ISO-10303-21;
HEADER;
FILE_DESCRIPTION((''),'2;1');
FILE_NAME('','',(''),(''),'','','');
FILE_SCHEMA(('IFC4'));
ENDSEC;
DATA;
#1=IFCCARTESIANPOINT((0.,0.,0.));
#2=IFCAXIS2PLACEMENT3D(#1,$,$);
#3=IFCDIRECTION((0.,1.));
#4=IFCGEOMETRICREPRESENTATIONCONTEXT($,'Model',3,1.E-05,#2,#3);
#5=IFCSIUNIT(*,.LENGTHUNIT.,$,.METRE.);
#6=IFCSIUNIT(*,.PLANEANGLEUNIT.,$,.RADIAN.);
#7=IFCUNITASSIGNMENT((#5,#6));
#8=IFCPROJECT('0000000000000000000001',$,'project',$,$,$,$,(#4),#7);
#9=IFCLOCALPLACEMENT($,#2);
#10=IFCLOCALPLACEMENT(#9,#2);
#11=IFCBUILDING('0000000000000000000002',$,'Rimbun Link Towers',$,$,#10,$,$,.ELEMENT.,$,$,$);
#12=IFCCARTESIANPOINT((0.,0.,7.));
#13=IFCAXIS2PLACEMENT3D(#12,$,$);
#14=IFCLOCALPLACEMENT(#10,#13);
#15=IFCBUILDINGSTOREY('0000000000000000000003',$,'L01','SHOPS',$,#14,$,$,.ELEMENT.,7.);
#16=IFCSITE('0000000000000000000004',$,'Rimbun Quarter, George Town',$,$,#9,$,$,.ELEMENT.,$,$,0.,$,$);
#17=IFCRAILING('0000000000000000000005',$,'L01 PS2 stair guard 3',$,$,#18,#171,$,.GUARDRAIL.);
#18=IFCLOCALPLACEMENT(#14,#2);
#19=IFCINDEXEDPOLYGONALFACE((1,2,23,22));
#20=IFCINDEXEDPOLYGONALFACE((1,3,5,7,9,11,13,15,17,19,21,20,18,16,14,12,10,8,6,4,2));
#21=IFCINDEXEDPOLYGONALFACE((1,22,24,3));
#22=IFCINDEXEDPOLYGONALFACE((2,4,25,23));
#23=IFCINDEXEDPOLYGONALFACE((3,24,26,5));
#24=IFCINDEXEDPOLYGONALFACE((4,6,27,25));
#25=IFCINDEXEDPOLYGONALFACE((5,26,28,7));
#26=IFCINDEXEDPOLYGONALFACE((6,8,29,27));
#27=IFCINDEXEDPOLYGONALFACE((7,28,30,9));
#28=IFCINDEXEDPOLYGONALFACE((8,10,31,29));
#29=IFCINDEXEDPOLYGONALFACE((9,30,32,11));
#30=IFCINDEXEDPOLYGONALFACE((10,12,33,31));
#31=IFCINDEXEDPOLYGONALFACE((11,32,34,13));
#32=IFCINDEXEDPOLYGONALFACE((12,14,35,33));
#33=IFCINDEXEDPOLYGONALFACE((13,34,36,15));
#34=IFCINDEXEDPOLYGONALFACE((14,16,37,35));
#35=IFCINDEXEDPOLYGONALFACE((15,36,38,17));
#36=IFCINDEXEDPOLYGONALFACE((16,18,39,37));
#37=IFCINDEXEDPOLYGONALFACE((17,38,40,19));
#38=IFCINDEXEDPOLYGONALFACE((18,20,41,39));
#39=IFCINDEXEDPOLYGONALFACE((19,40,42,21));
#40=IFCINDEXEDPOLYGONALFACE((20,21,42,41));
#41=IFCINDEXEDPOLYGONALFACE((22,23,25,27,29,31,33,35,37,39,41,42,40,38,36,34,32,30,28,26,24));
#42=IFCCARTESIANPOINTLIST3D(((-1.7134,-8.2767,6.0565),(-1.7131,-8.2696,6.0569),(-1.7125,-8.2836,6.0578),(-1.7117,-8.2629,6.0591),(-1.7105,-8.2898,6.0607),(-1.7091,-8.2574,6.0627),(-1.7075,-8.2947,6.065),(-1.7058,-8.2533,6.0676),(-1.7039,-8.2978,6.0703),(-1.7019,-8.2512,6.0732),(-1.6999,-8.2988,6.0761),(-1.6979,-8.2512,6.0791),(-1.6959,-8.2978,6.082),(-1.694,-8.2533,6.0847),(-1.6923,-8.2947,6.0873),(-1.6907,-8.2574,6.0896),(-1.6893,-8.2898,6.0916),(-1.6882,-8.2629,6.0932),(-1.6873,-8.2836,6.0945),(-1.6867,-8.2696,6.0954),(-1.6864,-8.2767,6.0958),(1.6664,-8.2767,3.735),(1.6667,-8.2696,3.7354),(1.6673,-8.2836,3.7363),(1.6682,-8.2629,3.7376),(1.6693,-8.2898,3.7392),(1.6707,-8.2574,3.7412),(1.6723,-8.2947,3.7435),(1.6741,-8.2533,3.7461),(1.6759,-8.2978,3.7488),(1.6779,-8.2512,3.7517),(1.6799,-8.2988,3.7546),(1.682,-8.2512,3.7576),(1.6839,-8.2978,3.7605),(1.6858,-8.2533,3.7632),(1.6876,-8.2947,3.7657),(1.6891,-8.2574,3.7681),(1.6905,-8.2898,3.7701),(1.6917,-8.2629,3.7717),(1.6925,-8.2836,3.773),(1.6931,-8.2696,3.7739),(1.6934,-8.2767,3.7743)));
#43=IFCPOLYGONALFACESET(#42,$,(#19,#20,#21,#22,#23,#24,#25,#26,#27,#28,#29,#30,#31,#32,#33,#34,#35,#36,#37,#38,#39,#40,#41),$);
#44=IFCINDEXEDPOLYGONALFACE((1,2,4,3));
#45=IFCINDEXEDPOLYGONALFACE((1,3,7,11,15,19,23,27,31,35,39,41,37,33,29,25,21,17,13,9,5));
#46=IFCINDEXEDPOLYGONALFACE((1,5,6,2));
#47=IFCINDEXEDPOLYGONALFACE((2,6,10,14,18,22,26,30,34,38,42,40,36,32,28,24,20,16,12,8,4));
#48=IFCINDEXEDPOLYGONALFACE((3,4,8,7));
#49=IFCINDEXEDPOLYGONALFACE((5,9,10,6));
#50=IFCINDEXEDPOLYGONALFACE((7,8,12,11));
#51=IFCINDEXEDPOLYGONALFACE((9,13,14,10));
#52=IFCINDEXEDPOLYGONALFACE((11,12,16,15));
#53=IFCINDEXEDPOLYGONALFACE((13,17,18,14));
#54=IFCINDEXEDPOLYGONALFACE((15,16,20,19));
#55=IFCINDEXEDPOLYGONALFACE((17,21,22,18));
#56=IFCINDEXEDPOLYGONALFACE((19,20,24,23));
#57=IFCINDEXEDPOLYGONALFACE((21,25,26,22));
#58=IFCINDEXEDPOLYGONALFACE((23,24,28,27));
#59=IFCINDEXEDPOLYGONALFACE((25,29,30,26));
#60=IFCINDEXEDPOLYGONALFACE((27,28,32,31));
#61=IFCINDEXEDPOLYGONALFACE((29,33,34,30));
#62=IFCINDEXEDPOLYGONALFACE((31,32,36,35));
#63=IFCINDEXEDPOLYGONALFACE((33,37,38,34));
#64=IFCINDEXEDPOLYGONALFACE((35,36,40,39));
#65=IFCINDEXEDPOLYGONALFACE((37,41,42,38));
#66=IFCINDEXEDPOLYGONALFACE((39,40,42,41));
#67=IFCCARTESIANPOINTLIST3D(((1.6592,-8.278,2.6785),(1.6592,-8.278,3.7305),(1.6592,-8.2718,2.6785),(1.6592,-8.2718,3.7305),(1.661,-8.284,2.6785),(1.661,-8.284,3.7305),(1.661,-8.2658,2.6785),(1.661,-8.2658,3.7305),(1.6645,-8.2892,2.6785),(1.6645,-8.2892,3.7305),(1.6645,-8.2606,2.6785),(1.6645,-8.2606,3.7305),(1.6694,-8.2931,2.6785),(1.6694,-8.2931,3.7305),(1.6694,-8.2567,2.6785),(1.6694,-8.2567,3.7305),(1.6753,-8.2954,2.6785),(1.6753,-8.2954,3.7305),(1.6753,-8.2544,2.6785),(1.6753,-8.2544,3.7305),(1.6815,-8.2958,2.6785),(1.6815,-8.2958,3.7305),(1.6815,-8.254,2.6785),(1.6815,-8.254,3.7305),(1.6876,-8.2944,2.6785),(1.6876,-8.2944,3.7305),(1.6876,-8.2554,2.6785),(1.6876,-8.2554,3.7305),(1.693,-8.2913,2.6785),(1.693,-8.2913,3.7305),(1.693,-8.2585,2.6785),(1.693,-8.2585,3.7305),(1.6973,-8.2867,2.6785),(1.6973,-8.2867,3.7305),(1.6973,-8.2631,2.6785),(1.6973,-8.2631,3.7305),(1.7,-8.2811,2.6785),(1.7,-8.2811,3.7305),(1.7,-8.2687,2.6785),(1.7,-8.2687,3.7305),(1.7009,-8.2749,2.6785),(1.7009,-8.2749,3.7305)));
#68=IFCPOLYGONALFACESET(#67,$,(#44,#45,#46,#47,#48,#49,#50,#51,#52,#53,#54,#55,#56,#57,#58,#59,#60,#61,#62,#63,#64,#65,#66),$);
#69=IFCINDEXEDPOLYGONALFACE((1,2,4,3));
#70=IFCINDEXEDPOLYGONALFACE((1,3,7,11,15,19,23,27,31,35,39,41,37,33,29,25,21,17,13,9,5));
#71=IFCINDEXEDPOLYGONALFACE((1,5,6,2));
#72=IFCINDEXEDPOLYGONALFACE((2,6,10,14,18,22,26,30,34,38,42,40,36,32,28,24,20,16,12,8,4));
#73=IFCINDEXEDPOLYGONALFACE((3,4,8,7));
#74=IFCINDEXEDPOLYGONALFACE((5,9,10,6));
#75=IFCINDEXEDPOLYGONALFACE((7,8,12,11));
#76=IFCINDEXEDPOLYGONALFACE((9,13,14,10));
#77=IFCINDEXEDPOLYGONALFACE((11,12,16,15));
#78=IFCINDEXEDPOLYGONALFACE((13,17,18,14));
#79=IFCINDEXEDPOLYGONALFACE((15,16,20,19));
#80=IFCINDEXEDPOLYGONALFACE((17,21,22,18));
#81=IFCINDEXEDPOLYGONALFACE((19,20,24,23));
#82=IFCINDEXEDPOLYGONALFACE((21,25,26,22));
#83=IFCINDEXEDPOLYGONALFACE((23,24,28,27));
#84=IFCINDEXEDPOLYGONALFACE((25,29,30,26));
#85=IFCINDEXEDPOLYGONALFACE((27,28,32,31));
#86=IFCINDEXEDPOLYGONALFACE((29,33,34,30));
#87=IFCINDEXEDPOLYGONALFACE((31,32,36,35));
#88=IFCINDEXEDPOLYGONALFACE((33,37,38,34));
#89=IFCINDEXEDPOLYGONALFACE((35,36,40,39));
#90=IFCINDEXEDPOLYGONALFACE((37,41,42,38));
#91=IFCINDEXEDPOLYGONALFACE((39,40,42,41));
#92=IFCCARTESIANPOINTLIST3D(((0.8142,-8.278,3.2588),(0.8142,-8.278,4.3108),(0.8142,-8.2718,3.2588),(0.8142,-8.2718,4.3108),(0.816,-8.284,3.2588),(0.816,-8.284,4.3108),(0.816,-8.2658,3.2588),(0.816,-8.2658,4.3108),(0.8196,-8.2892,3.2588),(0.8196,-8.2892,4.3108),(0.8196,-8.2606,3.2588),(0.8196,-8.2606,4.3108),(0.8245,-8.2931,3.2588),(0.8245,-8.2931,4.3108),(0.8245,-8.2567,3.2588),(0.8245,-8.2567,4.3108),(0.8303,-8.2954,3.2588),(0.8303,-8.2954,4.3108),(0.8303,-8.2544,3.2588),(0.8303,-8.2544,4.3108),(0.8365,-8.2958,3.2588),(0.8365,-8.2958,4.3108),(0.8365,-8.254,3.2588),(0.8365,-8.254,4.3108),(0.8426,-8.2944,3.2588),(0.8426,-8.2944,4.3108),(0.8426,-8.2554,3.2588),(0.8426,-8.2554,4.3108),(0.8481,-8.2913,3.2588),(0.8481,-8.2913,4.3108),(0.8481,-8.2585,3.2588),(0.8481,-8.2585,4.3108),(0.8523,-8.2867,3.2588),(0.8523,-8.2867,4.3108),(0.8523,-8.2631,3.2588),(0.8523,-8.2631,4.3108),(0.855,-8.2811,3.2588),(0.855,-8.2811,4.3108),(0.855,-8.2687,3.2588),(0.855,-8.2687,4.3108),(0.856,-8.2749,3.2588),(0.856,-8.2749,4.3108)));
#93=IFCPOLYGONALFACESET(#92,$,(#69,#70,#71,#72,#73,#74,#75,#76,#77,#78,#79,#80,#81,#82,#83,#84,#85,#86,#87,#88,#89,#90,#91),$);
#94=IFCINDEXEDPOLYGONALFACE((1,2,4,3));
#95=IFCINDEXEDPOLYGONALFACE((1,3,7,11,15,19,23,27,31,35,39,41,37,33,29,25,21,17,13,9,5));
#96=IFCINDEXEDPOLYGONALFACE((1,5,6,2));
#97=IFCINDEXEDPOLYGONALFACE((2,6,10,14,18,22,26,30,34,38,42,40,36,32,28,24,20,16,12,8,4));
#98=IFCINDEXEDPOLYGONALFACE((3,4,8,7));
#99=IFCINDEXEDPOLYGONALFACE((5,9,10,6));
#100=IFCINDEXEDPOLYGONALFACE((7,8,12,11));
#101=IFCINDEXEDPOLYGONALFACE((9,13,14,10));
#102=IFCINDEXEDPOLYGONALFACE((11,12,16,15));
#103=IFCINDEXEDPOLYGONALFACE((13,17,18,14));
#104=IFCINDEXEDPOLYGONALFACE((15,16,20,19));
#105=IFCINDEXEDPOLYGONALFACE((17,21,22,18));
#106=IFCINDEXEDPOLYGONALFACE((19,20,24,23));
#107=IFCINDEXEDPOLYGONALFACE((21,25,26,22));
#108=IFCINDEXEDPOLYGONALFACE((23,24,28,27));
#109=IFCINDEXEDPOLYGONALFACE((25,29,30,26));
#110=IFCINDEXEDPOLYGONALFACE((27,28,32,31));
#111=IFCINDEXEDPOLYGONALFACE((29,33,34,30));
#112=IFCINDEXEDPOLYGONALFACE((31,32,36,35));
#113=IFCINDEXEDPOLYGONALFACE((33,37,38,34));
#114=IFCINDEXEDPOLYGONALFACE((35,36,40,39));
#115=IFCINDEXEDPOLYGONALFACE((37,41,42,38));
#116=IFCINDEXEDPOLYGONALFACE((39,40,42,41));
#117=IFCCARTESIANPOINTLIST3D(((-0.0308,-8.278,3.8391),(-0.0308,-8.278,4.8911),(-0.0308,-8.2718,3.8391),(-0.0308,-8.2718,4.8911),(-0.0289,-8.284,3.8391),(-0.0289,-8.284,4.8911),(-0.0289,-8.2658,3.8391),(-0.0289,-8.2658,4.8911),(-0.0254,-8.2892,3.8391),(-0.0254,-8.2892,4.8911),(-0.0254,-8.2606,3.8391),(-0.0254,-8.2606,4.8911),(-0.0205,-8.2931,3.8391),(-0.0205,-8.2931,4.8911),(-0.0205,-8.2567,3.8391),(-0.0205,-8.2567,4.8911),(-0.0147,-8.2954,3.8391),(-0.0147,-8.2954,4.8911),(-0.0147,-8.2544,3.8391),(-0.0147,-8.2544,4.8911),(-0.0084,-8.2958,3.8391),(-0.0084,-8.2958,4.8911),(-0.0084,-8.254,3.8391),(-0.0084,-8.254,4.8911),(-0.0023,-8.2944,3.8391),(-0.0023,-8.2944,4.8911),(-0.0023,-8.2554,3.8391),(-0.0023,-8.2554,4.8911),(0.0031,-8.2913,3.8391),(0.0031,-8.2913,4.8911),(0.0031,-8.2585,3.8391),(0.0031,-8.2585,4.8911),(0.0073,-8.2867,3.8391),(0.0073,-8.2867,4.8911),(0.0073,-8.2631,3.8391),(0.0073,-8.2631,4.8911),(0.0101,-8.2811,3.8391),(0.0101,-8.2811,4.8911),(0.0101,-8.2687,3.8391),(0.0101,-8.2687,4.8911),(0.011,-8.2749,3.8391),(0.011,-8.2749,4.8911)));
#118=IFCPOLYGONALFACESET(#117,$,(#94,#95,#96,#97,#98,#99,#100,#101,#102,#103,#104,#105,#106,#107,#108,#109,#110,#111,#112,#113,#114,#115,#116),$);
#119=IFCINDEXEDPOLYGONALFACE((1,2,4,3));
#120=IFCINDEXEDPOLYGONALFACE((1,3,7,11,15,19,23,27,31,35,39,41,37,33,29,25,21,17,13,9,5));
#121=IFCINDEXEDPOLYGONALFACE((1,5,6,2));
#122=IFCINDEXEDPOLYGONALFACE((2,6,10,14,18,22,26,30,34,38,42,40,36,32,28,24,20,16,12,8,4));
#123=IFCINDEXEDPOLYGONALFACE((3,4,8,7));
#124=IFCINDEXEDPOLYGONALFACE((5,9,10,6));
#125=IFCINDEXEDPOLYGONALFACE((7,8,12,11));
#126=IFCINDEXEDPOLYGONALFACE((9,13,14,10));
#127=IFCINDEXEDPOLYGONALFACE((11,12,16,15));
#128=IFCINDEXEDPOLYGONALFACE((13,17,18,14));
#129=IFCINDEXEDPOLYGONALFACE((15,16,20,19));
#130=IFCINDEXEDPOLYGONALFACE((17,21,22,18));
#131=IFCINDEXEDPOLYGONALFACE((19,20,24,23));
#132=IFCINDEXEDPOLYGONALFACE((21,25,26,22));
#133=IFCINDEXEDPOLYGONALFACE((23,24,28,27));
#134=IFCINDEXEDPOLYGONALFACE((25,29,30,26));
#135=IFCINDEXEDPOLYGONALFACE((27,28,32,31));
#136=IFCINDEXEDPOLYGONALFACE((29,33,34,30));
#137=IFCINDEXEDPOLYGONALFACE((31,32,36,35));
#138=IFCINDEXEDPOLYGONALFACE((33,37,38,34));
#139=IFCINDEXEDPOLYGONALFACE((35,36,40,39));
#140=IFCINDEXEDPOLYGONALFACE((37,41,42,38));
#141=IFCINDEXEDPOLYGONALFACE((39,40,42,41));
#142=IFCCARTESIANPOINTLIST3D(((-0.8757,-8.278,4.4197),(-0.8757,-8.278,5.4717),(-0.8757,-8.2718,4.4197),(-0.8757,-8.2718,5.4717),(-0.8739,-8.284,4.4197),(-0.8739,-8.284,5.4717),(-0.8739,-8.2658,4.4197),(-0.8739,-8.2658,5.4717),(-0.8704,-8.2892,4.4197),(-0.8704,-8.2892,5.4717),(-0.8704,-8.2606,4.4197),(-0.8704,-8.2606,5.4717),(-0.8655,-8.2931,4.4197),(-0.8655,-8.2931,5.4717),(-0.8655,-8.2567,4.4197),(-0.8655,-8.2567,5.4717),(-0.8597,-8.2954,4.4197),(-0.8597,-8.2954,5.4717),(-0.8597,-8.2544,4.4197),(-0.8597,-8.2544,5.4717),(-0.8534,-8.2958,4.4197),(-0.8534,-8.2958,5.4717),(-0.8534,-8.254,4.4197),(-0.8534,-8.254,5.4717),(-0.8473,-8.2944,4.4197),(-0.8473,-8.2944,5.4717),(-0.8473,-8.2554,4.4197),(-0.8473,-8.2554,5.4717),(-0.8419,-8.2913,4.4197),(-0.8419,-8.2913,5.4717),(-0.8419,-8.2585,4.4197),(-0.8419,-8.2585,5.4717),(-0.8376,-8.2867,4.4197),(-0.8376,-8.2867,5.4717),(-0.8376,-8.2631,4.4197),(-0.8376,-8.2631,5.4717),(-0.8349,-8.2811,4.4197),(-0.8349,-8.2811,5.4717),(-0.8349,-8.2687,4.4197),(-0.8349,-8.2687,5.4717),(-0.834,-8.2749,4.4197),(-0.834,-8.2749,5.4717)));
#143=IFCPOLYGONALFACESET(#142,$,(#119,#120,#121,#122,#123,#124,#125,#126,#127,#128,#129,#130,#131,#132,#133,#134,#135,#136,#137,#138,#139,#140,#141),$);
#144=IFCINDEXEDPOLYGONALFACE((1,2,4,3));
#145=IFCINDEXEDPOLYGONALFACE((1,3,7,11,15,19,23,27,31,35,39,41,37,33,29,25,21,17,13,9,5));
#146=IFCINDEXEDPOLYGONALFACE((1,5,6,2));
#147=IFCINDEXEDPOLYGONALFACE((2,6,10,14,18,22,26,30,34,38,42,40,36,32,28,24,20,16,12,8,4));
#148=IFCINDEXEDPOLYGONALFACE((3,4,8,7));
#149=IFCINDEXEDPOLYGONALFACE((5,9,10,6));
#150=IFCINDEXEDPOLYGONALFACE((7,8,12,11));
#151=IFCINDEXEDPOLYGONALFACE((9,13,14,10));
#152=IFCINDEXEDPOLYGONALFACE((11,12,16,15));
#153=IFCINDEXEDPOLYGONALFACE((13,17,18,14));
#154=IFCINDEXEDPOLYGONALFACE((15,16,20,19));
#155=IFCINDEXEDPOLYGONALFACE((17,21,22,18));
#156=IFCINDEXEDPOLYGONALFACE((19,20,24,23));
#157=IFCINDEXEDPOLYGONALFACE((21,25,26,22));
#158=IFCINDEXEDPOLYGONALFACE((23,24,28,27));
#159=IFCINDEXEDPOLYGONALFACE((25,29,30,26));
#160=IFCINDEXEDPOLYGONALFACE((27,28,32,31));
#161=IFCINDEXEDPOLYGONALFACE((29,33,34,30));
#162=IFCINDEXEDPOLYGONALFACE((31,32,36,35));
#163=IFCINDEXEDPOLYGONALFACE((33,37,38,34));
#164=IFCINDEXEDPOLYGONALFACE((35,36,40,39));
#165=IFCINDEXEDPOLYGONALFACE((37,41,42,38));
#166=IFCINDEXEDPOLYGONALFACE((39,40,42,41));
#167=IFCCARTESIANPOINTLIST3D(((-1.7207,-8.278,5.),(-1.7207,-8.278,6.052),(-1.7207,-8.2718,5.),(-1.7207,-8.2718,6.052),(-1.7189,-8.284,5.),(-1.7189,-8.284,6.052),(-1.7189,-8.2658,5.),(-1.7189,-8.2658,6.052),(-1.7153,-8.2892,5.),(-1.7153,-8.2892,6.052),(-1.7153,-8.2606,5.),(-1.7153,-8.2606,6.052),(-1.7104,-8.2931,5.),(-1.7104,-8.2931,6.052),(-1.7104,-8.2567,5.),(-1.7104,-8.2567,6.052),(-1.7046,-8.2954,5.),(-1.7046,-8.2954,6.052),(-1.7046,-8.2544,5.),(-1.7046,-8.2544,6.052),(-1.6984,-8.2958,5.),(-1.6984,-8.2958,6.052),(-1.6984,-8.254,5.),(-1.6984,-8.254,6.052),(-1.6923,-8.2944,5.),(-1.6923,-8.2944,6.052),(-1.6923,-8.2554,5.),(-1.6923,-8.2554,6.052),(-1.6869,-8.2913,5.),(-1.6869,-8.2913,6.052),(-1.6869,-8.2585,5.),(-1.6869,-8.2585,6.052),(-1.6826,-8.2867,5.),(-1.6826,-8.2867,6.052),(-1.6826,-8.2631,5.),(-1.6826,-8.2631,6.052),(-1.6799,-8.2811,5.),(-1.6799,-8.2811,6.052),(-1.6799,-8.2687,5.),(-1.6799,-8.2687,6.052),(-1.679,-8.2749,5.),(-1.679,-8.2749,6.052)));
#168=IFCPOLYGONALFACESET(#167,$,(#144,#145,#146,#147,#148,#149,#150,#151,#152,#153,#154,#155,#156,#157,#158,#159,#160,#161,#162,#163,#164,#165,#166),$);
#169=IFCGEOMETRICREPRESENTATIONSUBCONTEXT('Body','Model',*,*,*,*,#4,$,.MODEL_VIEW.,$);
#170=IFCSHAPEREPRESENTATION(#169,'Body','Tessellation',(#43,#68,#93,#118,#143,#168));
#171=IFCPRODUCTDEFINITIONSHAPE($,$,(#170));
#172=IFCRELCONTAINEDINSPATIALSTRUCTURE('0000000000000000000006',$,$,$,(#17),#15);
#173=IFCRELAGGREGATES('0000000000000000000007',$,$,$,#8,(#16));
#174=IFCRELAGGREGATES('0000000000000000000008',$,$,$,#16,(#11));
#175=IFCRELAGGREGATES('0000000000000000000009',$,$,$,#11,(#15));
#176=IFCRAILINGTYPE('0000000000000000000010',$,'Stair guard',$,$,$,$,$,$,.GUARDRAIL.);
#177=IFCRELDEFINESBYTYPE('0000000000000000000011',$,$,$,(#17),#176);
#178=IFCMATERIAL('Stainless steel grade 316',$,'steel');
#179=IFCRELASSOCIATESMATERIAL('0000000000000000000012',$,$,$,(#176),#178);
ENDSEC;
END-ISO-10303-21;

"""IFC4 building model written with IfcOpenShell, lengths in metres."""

from ifc_helpers import new_model, si_unit, direction, frame, origin, origin_2d, place, context, subcontext, project, spatial, circle, extrude, material, type_object, element, save


model = new_model("IFC4")

# Units and contexts
model_context = context("Model", 3, precision=1e-05, world=origin(), true_north=direction((0.0, 1.0)))
body_context = subcontext(model_context, "Body", "Model", "MODEL_VIEW")
ifc_project = project(units=[si_unit("LENGTHUNIT", "METRE"), si_unit("PLANEANGLEUNIT", "RADIAN")], contexts=[model_context])

# Site, building, storey
site_placement = place(None, origin())
site = spatial("IfcSite", under=ifc_project, at=site_placement, Name="Rimbun Quarter, George Town", CompositionType="ELEMENT", RefElevation=0.0)
building_placement = place(site_placement, origin())
building = spatial("IfcBuilding", under=site, at=building_placement, Name="Rimbun Link Towers", CompositionType="ELEMENT")
storey_placement = place(building_placement, frame((0.0, 0.0, 7.0)))
storey = spatial("IfcBuildingStorey", under=building, at=storey_placement, Name="L01", Description="SHOPS", CompositionType="ELEMENT", Elevation=7.0)

# Railing
ifc_material_1 = material(Name="Stainless steel grade 316", Category="steel")
railing_type_1 = type_object("IfcRailingType", Name="Stair guard", PredefinedType="GUARDRAIL", material=ifc_material_1)
railing_1_placement = place(storey_placement, frame((1.6799, -8.2749, 2.6785)))
element("IfcRailing", 1, at=railing_1_placement, inside=storey, type_object=railing_type_1, Name="L01 PS2 stair guard 3", PredefinedType="GUARDRAIL", context=body_context, shape_type="SweptSolid", body=[
    extrude(circle(Radius=0.0239, at=origin_2d()), frame((0.0, 0.0, 1.0762), z_axis=(-0.824285, 0.0, 0.566175), x_axis=(0.0, -1.0, 0.0)), (0.0, 0.0, 1.0), 4.1003),
    extrude(circle(Radius=0.021, at=origin_2d()), origin(), (0.0, 0.0, 1.0), 1.052),
    extrude(circle(Radius=0.021, at=origin_2d()), frame((-0.845, 0.0, 0.5803)), (0.0, 0.0, 1.0), 1.052),
    extrude(circle(Radius=0.021, at=origin_2d()), frame((-1.6899, 0.0, 1.1606)), (0.0, 0.0, 1.0), 1.052),
    extrude(circle(Radius=0.021, at=origin_2d()), frame((-2.5349, 0.0, 1.7412)), (0.0, 0.0, 1.0), 1.052),
    extrude(circle(Radius=0.021, at=origin_2d()), frame((-3.3799, 0.0, 2.3215)), (0.0, 0.0, 1.0), 1.052),
])

save(model, "model.ifc")
